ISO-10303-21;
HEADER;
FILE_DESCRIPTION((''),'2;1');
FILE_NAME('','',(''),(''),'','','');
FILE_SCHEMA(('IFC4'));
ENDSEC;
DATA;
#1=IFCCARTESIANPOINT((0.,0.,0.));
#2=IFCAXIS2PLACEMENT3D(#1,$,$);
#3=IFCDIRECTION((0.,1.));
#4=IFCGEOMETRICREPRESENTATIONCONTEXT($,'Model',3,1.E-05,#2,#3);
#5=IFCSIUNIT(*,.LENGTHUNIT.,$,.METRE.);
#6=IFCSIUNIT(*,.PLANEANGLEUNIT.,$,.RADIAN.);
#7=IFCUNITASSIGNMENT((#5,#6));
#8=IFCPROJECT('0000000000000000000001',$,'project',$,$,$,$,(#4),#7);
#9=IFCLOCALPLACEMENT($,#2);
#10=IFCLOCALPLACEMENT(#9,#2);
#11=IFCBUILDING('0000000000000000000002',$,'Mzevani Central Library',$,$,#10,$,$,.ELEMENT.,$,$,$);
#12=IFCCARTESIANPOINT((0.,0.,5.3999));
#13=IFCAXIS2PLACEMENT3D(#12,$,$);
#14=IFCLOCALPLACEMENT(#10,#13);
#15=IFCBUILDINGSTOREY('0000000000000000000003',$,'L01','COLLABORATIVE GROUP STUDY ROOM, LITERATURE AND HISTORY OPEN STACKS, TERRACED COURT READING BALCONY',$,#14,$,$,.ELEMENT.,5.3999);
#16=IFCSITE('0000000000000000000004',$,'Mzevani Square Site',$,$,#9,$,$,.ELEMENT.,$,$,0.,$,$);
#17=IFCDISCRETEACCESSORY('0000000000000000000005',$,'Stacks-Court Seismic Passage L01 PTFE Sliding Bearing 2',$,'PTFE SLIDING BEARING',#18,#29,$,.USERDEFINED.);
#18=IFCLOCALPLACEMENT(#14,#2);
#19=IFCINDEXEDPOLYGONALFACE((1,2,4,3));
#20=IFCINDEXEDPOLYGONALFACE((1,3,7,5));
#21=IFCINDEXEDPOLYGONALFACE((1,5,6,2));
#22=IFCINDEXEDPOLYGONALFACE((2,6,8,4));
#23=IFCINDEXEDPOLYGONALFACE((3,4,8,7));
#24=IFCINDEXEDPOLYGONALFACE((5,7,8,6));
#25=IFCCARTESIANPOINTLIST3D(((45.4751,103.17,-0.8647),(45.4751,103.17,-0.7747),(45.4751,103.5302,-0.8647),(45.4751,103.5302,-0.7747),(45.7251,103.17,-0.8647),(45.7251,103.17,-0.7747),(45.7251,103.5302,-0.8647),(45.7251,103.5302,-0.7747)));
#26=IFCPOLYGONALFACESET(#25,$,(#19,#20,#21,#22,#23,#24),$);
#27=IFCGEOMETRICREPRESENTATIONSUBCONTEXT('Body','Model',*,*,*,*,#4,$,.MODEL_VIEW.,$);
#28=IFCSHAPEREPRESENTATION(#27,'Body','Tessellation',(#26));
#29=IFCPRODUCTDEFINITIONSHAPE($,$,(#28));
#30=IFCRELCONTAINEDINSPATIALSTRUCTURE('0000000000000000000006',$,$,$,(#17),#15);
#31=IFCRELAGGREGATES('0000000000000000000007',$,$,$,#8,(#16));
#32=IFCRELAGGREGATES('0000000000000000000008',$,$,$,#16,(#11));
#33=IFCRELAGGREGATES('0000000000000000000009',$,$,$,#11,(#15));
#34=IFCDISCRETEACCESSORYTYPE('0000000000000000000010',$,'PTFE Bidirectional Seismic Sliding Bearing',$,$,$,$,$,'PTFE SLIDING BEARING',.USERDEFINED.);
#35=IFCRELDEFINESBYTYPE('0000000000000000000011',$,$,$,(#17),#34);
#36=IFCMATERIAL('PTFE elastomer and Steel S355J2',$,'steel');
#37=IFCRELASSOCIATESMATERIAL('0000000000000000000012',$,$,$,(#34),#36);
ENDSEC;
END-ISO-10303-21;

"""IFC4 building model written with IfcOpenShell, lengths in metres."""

from ifc_helpers import new_model, si_unit, direction, frame, origin, origin_2d, place, context, subcontext, project, spatial, rectangle, extrude, material, type_object, element, save


model = new_model("IFC4")

# Units and contexts
model_context = context("Model", 3, precision=1e-05, world=origin(), true_north=direction((0.0, 1.0)))
body_context = subcontext(model_context, "Body", "Model", "MODEL_VIEW")
ifc_project = project(units=[si_unit("LENGTHUNIT", "METRE"), si_unit("PLANEANGLEUNIT", "RADIAN")], contexts=[model_context])

# Site, building, storey
site_placement = place(None, origin())
site = spatial("IfcSite", under=ifc_project, at=site_placement, Name="Mzevani Square Site", CompositionType="ELEMENT", RefElevation=0.0)
building_placement = place(site_placement, origin())
building = spatial("IfcBuilding", under=site, at=building_placement, Name="Mzevani Central Library", CompositionType="ELEMENT")
storey_placement = place(building_placement, frame((0.0, 0.0, 5.3999)))
storey = spatial("IfcBuildingStorey", under=building, at=storey_placement, Name="L01", Description="COLLABORATIVE GROUP STUDY ROOM, LITERATURE AND HISTORY OPEN STACKS, TERRACED COURT READING BALCONY", CompositionType="ELEMENT", Elevation=5.3999)

# Discrete accessory
ifc_material_1 = material(Name="PTFE elastomer and Steel S355J2", Category="steel")
discrete_accessory_type = type_object("IfcDiscreteAccessoryType", Name="PTFE Bidirectional Seismic Sliding Bearing", ElementType="PTFE SLIDING BEARING", PredefinedType="USERDEFINED", material=ifc_material_1)
discrete_accessory_placement = place(storey_placement, frame((45.6001, 103.3501, -0.8647), z_axis=(0.0, 0.0, 1.0), x_axis=(1.0, 0.0, 0.0)))
element("IfcDiscreteAccessory", 1, at=discrete_accessory_placement, inside=storey, type_object=discrete_accessory_type, Name="Stacks-Court Seismic Passage L01 PTFE Sliding Bearing 2", ObjectType="PTFE SLIDING BEARING", PredefinedType="USERDEFINED", context=body_context, shape_type="SweptSolid", body=[
    extrude(rectangle(XDim=0.25, YDim=0.3601, at=origin_2d()), origin(), (0.0, 0.0, 1.0), 0.0901),
])

save(model, "model.ifc")
